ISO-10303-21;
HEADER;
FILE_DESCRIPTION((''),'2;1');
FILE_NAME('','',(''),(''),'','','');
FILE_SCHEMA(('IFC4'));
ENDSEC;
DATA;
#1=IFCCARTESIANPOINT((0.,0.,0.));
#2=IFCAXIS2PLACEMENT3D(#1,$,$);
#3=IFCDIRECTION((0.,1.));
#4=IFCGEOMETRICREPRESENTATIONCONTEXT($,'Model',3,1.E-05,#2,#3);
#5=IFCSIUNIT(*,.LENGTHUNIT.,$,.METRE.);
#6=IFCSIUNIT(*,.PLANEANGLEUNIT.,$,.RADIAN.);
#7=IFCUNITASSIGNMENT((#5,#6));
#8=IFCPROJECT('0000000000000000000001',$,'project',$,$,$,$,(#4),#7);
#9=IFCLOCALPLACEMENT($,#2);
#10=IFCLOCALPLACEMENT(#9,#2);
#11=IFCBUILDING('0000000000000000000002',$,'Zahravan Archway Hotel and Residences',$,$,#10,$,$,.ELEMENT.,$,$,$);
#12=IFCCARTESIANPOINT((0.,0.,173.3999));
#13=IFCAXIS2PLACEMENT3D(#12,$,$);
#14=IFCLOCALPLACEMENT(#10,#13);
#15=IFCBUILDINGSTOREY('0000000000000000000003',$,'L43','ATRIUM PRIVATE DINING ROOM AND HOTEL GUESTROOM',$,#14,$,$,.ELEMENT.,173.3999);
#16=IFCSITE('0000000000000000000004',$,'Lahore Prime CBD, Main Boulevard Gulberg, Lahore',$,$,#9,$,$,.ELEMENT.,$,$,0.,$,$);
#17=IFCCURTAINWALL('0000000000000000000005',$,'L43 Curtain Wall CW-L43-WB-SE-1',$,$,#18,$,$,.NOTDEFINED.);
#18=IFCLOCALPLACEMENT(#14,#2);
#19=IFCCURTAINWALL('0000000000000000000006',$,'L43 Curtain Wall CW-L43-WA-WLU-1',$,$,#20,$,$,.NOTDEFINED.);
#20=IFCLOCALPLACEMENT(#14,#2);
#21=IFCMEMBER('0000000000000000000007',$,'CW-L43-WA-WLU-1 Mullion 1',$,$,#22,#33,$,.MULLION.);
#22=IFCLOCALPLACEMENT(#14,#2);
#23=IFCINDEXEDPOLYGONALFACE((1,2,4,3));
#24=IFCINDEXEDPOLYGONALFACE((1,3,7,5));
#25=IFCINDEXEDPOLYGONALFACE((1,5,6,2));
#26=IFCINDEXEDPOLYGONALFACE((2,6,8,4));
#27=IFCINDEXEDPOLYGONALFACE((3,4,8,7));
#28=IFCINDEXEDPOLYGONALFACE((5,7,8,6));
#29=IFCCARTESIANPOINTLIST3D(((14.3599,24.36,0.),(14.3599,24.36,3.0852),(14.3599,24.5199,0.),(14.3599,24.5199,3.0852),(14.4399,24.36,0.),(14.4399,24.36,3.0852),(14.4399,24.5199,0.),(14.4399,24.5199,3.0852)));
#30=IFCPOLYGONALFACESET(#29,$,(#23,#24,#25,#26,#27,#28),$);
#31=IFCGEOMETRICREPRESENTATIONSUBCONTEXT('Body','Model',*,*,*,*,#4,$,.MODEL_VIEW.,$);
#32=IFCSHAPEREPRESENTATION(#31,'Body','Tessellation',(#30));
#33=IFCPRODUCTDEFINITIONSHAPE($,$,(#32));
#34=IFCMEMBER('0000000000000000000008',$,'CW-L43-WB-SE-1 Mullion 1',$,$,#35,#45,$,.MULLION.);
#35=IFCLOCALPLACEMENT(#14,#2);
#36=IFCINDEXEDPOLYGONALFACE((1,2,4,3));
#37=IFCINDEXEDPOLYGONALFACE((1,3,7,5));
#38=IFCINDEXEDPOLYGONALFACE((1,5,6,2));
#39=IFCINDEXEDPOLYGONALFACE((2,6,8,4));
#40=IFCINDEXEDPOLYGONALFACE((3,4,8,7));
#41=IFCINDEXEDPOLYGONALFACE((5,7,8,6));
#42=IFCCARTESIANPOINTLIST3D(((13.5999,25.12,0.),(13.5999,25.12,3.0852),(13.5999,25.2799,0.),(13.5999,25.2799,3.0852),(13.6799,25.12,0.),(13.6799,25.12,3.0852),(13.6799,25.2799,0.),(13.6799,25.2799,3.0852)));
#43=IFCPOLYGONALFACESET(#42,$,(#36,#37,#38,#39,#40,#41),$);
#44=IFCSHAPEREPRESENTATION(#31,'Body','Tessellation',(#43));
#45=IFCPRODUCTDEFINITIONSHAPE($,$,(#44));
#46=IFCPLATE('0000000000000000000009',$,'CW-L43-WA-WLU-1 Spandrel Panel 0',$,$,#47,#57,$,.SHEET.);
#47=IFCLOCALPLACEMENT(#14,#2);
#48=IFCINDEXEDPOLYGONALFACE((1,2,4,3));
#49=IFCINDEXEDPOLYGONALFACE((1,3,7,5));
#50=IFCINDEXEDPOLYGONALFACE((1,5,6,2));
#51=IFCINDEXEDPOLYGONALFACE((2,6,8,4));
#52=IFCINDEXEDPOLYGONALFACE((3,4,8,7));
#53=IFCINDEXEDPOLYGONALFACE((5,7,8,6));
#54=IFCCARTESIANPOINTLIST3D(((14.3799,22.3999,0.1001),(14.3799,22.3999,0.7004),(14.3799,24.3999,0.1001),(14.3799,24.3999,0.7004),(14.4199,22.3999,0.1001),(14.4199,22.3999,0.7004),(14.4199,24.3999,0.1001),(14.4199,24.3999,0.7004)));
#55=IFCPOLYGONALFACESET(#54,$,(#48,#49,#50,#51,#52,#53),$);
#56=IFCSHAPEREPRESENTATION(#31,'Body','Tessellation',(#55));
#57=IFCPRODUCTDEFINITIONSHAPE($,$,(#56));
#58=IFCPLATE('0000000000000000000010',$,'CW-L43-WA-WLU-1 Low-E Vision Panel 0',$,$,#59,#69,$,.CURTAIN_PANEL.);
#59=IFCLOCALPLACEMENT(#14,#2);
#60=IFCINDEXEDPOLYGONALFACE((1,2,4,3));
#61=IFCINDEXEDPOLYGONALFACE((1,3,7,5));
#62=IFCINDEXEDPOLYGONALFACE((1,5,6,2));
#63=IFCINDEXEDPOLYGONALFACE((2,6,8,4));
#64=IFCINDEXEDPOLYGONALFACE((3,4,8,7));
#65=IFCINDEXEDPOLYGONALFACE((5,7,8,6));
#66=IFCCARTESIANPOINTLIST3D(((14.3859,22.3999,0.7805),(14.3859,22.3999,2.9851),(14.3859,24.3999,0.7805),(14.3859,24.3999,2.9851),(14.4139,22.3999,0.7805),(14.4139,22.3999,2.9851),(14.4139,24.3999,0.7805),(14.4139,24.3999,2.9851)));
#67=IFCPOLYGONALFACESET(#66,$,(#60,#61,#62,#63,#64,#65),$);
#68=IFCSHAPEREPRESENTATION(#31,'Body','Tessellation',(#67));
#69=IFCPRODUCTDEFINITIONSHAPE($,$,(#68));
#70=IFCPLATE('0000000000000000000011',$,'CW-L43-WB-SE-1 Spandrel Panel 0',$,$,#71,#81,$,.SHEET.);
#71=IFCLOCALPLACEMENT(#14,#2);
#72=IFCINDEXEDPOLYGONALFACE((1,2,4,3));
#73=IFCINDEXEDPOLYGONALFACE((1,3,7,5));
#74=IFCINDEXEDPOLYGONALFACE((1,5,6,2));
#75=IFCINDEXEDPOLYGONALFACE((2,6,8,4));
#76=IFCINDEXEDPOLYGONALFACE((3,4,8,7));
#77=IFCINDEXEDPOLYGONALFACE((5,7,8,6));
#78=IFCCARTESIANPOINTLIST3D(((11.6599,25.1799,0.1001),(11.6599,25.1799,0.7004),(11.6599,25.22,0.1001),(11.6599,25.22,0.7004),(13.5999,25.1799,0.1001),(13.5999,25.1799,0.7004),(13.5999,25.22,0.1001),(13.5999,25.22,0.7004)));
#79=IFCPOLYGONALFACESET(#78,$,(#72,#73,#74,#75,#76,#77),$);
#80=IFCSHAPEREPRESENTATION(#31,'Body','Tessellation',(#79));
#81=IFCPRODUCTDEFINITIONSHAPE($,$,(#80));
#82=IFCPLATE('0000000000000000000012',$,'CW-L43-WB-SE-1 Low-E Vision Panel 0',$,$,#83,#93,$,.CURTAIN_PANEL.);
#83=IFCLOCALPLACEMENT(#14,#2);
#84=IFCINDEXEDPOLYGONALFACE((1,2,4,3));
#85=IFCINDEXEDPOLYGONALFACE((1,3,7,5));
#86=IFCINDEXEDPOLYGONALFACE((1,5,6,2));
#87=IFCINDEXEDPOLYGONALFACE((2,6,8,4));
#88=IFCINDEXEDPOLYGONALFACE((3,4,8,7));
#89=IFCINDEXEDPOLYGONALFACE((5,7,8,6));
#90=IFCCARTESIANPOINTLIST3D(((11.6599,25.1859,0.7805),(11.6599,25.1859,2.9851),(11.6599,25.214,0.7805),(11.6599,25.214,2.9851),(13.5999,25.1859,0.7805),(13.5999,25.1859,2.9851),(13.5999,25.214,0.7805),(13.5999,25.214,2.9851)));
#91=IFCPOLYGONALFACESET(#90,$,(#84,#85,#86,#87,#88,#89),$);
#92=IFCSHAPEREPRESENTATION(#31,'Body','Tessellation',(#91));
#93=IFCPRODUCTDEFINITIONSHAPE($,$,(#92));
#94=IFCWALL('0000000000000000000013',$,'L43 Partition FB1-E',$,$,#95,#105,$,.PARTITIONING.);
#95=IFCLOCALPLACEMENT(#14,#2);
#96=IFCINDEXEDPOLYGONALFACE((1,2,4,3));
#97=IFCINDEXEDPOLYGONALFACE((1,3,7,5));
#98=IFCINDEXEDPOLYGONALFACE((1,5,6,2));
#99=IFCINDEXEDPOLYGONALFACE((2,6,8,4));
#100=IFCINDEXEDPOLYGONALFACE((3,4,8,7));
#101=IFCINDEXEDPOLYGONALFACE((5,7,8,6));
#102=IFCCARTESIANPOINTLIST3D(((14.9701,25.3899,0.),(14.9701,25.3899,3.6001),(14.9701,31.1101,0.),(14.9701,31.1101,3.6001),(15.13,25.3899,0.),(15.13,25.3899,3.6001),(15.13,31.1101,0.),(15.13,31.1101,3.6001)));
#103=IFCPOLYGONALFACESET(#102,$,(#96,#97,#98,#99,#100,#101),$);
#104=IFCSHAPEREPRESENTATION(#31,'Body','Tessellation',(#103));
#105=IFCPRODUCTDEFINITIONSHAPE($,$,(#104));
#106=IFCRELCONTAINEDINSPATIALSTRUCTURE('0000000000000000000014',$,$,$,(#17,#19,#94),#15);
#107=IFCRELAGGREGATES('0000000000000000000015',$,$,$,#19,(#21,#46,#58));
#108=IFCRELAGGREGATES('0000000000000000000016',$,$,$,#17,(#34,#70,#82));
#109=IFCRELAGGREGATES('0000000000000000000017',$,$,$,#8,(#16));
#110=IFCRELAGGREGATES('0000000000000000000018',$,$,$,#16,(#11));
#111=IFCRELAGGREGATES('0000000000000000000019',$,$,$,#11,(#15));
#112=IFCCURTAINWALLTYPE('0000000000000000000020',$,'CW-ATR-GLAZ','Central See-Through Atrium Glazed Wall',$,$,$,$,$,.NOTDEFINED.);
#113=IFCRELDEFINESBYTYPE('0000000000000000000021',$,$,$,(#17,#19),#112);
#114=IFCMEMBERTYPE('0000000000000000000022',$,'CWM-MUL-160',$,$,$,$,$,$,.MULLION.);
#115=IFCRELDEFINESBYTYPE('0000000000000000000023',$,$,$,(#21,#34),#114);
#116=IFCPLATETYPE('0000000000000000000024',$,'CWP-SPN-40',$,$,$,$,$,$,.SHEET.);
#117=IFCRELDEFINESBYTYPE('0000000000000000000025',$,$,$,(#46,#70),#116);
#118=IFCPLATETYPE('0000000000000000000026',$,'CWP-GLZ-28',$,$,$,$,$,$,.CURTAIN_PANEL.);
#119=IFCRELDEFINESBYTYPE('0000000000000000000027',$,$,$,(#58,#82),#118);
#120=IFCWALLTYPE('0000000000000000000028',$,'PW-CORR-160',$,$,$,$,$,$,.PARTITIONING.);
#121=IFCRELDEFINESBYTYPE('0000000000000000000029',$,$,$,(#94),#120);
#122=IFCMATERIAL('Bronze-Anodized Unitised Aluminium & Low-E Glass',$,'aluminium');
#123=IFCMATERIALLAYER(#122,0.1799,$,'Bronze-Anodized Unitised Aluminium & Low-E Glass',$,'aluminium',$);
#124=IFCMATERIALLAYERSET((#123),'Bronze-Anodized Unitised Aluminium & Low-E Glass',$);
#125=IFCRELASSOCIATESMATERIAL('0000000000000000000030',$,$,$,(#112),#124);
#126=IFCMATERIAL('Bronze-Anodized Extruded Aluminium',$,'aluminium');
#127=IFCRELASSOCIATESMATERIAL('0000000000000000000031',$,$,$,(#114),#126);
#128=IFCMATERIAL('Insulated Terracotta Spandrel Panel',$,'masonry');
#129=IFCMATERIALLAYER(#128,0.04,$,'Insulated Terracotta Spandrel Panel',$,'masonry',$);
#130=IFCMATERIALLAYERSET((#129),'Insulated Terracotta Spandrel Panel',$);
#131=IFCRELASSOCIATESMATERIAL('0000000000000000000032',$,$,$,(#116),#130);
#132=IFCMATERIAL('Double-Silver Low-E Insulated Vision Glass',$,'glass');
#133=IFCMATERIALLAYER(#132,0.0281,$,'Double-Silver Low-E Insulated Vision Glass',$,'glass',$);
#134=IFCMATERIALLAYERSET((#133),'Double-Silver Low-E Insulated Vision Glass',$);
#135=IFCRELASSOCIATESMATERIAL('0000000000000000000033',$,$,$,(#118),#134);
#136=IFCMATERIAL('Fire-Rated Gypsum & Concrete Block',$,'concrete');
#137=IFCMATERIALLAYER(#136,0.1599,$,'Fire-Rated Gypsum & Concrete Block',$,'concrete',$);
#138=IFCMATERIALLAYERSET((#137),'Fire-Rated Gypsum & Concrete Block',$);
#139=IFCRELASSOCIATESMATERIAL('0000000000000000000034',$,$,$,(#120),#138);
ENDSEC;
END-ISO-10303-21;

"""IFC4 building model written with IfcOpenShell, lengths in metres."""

from ifc_helpers import new_model, si_unit, direction, frame, frame_2d, origin, origin_2d, place, context, subcontext, project, spatial, rectangle, extrude, source, transform, mapped, material, layer, layer_set, material_profile, profile_set, type_object, element, aggregate, save


model = new_model("IFC4")

# Units and contexts
model_context = context("Model", 3, precision=1e-05, world=origin(), true_north=direction((0.0, 1.0)))
body_context = subcontext(model_context, "Body", "Model", "MODEL_VIEW")
ifc_project = project(units=[si_unit("LENGTHUNIT", "METRE"), si_unit("PLANEANGLEUNIT", "RADIAN")], contexts=[model_context])

# Site, building, storey
site_placement = place(None, origin())
site = spatial("IfcSite", under=ifc_project, at=site_placement, Name="Lahore Prime CBD, Main Boulevard Gulberg, Lahore", CompositionType="ELEMENT", RefElevation=0.0)
building_placement = place(site_placement, origin())
building = spatial("IfcBuilding", under=site, at=building_placement, Name="Zahravan Archway Hotel and Residences", CompositionType="ELEMENT")
storey_placement = place(building_placement, frame((0.0, 0.0, 173.3999)))
storey = spatial("IfcBuildingStorey", under=building, at=storey_placement, Name="L43", Description="ATRIUM PRIVATE DINING ROOM AND HOTEL GUESTROOM", CompositionType="ELEMENT", Elevation=173.3999)

# Curtain wall
ifc_material_1 = material(Name="Bronze-Anodized Unitised Aluminium & Low-E Glass", Category="aluminium")
ifc_layer_1 = layer(ifc_material_1, 0.1799, Name="Bronze-Anodized Unitised Aluminium & Low-E Glass", Category="aluminium")
ifc_layer_set_1 = layer_set([ifc_layer_1], Name="Bronze-Anodized Unitised Aluminium & Low-E Glass")
curtain_wall_type = type_object("IfcCurtainWallType", Name="CW-ATR-GLAZ", Description="Central See-Through Atrium Glazed Wall", PredefinedType="NOTDEFINED", material=ifc_layer_set_1)
curtain_wall_1_placement = place(storey_placement, origin())
curtain_wall_1 = element("IfcCurtainWall", 1, at=curtain_wall_1_placement, inside=storey, type_object=curtain_wall_type, Name="L43 Curtain Wall CW-L43-WB-SE-1", PredefinedType="NOTDEFINED")
ifc_material_2 = material(Name="Bronze-Anodized Extruded Aluminium", Category="aluminium")

# Curtain wall, member
curtain_wall_2_placement = place(storey_placement, origin())
curtain_wall_2 = element("IfcCurtainWall", 2, at=curtain_wall_2_placement, inside=storey, type_object=curtain_wall_type, Name="L43 Curtain Wall CW-L43-WA-WLU-1", PredefinedType="NOTDEFINED")
ifc_material_profile_1 = material_profile(ifc_material_2, rectangle(XDim=0.0801, YDim=0.1599, at=origin_2d()), Name="MUL 80x160", Category="aluminium")
ifc_profile_set_1 = profile_set([ifc_material_profile_1], Name="Bronze-Anodized Extruded Aluminium")
member_type_1 = type_object("IfcMemberType", Name="CWM-MUL-160", PredefinedType="MULLION", material=ifc_profile_set_1)
shared_shape_1 = source(origin(), body_context, "Body", "SweptSolid", [
    extrude(rectangle(XDim=0.0801, YDim=0.1599, at=origin_2d()), origin(), (0.0, 0.0, 1.0), 3.0852),
])
member_1_placement = place(storey_placement, frame((14.3999, 24.4399, 0.0), z_axis=(0.0, 0.0, 1.0), x_axis=(1.0, 0.0, 0.0)))
member_1 = element("IfcMember", 3, at=member_1_placement, type_object=member_type_1, Name="CW-L43-WA-WLU-1 Mullion 1", PredefinedType="MULLION", context=body_context, shape_type="MappedRepresentation", body=[
    mapped(shared_shape_1, transform((0.0, 0.0, 0.0), scale=1.0)),
])

# Member
member_2_placement = place(storey_placement, frame((13.6399, 25.2, 0.0), z_axis=(0.0, 0.0, 1.0), x_axis=(1.0, 0.0, 0.0)))
member_2 = element("IfcMember", 4, at=member_2_placement, type_object=member_type_1, Name="CW-L43-WB-SE-1 Mullion 1", PredefinedType="MULLION", context=body_context, shape_type="MappedRepresentation", body=[
    mapped(shared_shape_1, transform((0.0, 0.0, 0.0), scale=1.0)),
])

# Plates
ifc_material_3 = material(Name="Insulated Terracotta Spandrel Panel", Category="masonry")
ifc_layer_2 = layer(ifc_material_3, 0.04, Name="Insulated Terracotta Spandrel Panel", Category="masonry")
ifc_layer_set_2 = layer_set([ifc_layer_2], Name="Insulated Terracotta Spandrel Panel")
plate_type_1 = type_object("IfcPlateType", Name="CWP-SPN-40", PredefinedType="SHEET", material=ifc_layer_set_2)
shared_shape_2 = source(origin(), body_context, "Body", "SweptSolid", [
    extrude(rectangle(XDim=2.0, YDim=0.04, at=origin_2d()), origin(), (0.0, 0.0, 1.0), 0.6003),
])
plate_1_placement = place(storey_placement, frame((14.3999, 23.3999, 0.1001), z_axis=(0.0, 0.0, 1.0), x_axis=(0.0, 1.0, 0.0)))
plate_1 = element("IfcPlate", 5, at=plate_1_placement, type_object=plate_type_1, Name="CW-L43-WA-WLU-1 Spandrel Panel 0", PredefinedType="SHEET", context=body_context, shape_type="MappedRepresentation", body=[
    mapped(shared_shape_2, transform((0.0, 0.0, 0.0), scale=1.0)),
])
ifc_material_4 = material(Name="Double-Silver Low-E Insulated Vision Glass", Category="glass")
ifc_layer_3 = layer(ifc_material_4, 0.0281, Name="Double-Silver Low-E Insulated Vision Glass", Category="glass")
ifc_layer_set_3 = layer_set([ifc_layer_3], Name="Double-Silver Low-E Insulated Vision Glass")
plate_type_2 = type_object("IfcPlateType", Name="CWP-GLZ-28", PredefinedType="CURTAIN_PANEL", material=ifc_layer_set_3)
shared_shape_3 = source(origin(), body_context, "Body", "SweptSolid", [
    extrude(rectangle(XDim=2.0, YDim=0.0281, at=origin_2d()), origin(), (0.0, 0.0, 1.0), 2.2046),
])
plate_2_placement = place(storey_placement, frame((14.3999, 23.3999, 0.7805), z_axis=(0.0, 0.0, 1.0), x_axis=(0.0, 1.0, 0.0)))
plate_2 = element("IfcPlate", 6, at=plate_2_placement, type_object=plate_type_2, Name="CW-L43-WA-WLU-1 Low-E Vision Panel 0", PredefinedType="CURTAIN_PANEL", context=body_context, shape_type="MappedRepresentation", body=[
    mapped(shared_shape_3, transform((0.0, 0.0, 0.0), scale=1.0)),
])
aggregate(curtain_wall_2, [member_1, plate_1, plate_2])
shared_shape_4 = source(origin(), body_context, "Body", "SweptSolid", [
    extrude(rectangle(XDim=1.9399, YDim=0.04, at=origin_2d()), origin(), (0.0, 0.0, 1.0), 0.6003),
])
plate_3_placement = place(storey_placement, frame((12.6299, 25.2, 0.1001), z_axis=(0.0, 0.0, 1.0), x_axis=(1.0, 0.0, 0.0)))
plate_3 = element("IfcPlate", 7, at=plate_3_placement, type_object=plate_type_1, Name="CW-L43-WB-SE-1 Spandrel Panel 0", PredefinedType="SHEET", context=body_context, shape_type="MappedRepresentation", body=[
    mapped(shared_shape_4, transform((0.0, 0.0, 0.0), scale=1.0)),
])
shared_shape_5 = source(origin(), body_context, "Body", "SweptSolid", [
    extrude(rectangle(XDim=1.9399, YDim=0.0281, at=origin_2d()), origin(), (0.0, 0.0, 1.0), 2.2046),
])
plate_4_placement = place(storey_placement, frame((12.6299, 25.2, 0.7805), z_axis=(0.0, 0.0, 1.0), x_axis=(1.0, 0.0, 0.0)))
plate_4 = element("IfcPlate", 8, at=plate_4_placement, type_object=plate_type_2, Name="CW-L43-WB-SE-1 Low-E Vision Panel 0", PredefinedType="CURTAIN_PANEL", context=body_context, shape_type="MappedRepresentation", body=[
    mapped(shared_shape_5, transform((0.0, 0.0, 0.0), scale=1.0)),
])
aggregate(curtain_wall_1, [member_2, plate_3, plate_4])

# Wall
ifc_material_5 = material(Name="Fire-Rated Gypsum & Concrete Block", Category="concrete")
ifc_layer_4 = layer(ifc_material_5, 0.1599, Name="Fire-Rated Gypsum & Concrete Block", Category="concrete")
ifc_layer_set_4 = layer_set([ifc_layer_4], Name="Fire-Rated Gypsum & Concrete Block")
wall_type = type_object("IfcWallType", Name="PW-CORR-160", PredefinedType="PARTITIONING", material=ifc_layer_set_4)
wall_placement = place(storey_placement, frame((15.05, 25.3899, 0.0), z_axis=(0.0, 0.0, 1.0), x_axis=(0.0, 1.0, 0.0)))
element("IfcWall", 9, at=wall_placement, inside=storey, type_object=wall_type, Name="L43 Partition FB1-E", PredefinedType="PARTITIONING", context=body_context, shape_type="SweptSolid", body=[
    extrude(rectangle(XDim=5.7202, YDim=0.1599, at=frame_2d((2.8601, 0.0))), origin(), (0.0, 0.0, 1.0), 3.6001),
])

save(model, "model.ifc")
